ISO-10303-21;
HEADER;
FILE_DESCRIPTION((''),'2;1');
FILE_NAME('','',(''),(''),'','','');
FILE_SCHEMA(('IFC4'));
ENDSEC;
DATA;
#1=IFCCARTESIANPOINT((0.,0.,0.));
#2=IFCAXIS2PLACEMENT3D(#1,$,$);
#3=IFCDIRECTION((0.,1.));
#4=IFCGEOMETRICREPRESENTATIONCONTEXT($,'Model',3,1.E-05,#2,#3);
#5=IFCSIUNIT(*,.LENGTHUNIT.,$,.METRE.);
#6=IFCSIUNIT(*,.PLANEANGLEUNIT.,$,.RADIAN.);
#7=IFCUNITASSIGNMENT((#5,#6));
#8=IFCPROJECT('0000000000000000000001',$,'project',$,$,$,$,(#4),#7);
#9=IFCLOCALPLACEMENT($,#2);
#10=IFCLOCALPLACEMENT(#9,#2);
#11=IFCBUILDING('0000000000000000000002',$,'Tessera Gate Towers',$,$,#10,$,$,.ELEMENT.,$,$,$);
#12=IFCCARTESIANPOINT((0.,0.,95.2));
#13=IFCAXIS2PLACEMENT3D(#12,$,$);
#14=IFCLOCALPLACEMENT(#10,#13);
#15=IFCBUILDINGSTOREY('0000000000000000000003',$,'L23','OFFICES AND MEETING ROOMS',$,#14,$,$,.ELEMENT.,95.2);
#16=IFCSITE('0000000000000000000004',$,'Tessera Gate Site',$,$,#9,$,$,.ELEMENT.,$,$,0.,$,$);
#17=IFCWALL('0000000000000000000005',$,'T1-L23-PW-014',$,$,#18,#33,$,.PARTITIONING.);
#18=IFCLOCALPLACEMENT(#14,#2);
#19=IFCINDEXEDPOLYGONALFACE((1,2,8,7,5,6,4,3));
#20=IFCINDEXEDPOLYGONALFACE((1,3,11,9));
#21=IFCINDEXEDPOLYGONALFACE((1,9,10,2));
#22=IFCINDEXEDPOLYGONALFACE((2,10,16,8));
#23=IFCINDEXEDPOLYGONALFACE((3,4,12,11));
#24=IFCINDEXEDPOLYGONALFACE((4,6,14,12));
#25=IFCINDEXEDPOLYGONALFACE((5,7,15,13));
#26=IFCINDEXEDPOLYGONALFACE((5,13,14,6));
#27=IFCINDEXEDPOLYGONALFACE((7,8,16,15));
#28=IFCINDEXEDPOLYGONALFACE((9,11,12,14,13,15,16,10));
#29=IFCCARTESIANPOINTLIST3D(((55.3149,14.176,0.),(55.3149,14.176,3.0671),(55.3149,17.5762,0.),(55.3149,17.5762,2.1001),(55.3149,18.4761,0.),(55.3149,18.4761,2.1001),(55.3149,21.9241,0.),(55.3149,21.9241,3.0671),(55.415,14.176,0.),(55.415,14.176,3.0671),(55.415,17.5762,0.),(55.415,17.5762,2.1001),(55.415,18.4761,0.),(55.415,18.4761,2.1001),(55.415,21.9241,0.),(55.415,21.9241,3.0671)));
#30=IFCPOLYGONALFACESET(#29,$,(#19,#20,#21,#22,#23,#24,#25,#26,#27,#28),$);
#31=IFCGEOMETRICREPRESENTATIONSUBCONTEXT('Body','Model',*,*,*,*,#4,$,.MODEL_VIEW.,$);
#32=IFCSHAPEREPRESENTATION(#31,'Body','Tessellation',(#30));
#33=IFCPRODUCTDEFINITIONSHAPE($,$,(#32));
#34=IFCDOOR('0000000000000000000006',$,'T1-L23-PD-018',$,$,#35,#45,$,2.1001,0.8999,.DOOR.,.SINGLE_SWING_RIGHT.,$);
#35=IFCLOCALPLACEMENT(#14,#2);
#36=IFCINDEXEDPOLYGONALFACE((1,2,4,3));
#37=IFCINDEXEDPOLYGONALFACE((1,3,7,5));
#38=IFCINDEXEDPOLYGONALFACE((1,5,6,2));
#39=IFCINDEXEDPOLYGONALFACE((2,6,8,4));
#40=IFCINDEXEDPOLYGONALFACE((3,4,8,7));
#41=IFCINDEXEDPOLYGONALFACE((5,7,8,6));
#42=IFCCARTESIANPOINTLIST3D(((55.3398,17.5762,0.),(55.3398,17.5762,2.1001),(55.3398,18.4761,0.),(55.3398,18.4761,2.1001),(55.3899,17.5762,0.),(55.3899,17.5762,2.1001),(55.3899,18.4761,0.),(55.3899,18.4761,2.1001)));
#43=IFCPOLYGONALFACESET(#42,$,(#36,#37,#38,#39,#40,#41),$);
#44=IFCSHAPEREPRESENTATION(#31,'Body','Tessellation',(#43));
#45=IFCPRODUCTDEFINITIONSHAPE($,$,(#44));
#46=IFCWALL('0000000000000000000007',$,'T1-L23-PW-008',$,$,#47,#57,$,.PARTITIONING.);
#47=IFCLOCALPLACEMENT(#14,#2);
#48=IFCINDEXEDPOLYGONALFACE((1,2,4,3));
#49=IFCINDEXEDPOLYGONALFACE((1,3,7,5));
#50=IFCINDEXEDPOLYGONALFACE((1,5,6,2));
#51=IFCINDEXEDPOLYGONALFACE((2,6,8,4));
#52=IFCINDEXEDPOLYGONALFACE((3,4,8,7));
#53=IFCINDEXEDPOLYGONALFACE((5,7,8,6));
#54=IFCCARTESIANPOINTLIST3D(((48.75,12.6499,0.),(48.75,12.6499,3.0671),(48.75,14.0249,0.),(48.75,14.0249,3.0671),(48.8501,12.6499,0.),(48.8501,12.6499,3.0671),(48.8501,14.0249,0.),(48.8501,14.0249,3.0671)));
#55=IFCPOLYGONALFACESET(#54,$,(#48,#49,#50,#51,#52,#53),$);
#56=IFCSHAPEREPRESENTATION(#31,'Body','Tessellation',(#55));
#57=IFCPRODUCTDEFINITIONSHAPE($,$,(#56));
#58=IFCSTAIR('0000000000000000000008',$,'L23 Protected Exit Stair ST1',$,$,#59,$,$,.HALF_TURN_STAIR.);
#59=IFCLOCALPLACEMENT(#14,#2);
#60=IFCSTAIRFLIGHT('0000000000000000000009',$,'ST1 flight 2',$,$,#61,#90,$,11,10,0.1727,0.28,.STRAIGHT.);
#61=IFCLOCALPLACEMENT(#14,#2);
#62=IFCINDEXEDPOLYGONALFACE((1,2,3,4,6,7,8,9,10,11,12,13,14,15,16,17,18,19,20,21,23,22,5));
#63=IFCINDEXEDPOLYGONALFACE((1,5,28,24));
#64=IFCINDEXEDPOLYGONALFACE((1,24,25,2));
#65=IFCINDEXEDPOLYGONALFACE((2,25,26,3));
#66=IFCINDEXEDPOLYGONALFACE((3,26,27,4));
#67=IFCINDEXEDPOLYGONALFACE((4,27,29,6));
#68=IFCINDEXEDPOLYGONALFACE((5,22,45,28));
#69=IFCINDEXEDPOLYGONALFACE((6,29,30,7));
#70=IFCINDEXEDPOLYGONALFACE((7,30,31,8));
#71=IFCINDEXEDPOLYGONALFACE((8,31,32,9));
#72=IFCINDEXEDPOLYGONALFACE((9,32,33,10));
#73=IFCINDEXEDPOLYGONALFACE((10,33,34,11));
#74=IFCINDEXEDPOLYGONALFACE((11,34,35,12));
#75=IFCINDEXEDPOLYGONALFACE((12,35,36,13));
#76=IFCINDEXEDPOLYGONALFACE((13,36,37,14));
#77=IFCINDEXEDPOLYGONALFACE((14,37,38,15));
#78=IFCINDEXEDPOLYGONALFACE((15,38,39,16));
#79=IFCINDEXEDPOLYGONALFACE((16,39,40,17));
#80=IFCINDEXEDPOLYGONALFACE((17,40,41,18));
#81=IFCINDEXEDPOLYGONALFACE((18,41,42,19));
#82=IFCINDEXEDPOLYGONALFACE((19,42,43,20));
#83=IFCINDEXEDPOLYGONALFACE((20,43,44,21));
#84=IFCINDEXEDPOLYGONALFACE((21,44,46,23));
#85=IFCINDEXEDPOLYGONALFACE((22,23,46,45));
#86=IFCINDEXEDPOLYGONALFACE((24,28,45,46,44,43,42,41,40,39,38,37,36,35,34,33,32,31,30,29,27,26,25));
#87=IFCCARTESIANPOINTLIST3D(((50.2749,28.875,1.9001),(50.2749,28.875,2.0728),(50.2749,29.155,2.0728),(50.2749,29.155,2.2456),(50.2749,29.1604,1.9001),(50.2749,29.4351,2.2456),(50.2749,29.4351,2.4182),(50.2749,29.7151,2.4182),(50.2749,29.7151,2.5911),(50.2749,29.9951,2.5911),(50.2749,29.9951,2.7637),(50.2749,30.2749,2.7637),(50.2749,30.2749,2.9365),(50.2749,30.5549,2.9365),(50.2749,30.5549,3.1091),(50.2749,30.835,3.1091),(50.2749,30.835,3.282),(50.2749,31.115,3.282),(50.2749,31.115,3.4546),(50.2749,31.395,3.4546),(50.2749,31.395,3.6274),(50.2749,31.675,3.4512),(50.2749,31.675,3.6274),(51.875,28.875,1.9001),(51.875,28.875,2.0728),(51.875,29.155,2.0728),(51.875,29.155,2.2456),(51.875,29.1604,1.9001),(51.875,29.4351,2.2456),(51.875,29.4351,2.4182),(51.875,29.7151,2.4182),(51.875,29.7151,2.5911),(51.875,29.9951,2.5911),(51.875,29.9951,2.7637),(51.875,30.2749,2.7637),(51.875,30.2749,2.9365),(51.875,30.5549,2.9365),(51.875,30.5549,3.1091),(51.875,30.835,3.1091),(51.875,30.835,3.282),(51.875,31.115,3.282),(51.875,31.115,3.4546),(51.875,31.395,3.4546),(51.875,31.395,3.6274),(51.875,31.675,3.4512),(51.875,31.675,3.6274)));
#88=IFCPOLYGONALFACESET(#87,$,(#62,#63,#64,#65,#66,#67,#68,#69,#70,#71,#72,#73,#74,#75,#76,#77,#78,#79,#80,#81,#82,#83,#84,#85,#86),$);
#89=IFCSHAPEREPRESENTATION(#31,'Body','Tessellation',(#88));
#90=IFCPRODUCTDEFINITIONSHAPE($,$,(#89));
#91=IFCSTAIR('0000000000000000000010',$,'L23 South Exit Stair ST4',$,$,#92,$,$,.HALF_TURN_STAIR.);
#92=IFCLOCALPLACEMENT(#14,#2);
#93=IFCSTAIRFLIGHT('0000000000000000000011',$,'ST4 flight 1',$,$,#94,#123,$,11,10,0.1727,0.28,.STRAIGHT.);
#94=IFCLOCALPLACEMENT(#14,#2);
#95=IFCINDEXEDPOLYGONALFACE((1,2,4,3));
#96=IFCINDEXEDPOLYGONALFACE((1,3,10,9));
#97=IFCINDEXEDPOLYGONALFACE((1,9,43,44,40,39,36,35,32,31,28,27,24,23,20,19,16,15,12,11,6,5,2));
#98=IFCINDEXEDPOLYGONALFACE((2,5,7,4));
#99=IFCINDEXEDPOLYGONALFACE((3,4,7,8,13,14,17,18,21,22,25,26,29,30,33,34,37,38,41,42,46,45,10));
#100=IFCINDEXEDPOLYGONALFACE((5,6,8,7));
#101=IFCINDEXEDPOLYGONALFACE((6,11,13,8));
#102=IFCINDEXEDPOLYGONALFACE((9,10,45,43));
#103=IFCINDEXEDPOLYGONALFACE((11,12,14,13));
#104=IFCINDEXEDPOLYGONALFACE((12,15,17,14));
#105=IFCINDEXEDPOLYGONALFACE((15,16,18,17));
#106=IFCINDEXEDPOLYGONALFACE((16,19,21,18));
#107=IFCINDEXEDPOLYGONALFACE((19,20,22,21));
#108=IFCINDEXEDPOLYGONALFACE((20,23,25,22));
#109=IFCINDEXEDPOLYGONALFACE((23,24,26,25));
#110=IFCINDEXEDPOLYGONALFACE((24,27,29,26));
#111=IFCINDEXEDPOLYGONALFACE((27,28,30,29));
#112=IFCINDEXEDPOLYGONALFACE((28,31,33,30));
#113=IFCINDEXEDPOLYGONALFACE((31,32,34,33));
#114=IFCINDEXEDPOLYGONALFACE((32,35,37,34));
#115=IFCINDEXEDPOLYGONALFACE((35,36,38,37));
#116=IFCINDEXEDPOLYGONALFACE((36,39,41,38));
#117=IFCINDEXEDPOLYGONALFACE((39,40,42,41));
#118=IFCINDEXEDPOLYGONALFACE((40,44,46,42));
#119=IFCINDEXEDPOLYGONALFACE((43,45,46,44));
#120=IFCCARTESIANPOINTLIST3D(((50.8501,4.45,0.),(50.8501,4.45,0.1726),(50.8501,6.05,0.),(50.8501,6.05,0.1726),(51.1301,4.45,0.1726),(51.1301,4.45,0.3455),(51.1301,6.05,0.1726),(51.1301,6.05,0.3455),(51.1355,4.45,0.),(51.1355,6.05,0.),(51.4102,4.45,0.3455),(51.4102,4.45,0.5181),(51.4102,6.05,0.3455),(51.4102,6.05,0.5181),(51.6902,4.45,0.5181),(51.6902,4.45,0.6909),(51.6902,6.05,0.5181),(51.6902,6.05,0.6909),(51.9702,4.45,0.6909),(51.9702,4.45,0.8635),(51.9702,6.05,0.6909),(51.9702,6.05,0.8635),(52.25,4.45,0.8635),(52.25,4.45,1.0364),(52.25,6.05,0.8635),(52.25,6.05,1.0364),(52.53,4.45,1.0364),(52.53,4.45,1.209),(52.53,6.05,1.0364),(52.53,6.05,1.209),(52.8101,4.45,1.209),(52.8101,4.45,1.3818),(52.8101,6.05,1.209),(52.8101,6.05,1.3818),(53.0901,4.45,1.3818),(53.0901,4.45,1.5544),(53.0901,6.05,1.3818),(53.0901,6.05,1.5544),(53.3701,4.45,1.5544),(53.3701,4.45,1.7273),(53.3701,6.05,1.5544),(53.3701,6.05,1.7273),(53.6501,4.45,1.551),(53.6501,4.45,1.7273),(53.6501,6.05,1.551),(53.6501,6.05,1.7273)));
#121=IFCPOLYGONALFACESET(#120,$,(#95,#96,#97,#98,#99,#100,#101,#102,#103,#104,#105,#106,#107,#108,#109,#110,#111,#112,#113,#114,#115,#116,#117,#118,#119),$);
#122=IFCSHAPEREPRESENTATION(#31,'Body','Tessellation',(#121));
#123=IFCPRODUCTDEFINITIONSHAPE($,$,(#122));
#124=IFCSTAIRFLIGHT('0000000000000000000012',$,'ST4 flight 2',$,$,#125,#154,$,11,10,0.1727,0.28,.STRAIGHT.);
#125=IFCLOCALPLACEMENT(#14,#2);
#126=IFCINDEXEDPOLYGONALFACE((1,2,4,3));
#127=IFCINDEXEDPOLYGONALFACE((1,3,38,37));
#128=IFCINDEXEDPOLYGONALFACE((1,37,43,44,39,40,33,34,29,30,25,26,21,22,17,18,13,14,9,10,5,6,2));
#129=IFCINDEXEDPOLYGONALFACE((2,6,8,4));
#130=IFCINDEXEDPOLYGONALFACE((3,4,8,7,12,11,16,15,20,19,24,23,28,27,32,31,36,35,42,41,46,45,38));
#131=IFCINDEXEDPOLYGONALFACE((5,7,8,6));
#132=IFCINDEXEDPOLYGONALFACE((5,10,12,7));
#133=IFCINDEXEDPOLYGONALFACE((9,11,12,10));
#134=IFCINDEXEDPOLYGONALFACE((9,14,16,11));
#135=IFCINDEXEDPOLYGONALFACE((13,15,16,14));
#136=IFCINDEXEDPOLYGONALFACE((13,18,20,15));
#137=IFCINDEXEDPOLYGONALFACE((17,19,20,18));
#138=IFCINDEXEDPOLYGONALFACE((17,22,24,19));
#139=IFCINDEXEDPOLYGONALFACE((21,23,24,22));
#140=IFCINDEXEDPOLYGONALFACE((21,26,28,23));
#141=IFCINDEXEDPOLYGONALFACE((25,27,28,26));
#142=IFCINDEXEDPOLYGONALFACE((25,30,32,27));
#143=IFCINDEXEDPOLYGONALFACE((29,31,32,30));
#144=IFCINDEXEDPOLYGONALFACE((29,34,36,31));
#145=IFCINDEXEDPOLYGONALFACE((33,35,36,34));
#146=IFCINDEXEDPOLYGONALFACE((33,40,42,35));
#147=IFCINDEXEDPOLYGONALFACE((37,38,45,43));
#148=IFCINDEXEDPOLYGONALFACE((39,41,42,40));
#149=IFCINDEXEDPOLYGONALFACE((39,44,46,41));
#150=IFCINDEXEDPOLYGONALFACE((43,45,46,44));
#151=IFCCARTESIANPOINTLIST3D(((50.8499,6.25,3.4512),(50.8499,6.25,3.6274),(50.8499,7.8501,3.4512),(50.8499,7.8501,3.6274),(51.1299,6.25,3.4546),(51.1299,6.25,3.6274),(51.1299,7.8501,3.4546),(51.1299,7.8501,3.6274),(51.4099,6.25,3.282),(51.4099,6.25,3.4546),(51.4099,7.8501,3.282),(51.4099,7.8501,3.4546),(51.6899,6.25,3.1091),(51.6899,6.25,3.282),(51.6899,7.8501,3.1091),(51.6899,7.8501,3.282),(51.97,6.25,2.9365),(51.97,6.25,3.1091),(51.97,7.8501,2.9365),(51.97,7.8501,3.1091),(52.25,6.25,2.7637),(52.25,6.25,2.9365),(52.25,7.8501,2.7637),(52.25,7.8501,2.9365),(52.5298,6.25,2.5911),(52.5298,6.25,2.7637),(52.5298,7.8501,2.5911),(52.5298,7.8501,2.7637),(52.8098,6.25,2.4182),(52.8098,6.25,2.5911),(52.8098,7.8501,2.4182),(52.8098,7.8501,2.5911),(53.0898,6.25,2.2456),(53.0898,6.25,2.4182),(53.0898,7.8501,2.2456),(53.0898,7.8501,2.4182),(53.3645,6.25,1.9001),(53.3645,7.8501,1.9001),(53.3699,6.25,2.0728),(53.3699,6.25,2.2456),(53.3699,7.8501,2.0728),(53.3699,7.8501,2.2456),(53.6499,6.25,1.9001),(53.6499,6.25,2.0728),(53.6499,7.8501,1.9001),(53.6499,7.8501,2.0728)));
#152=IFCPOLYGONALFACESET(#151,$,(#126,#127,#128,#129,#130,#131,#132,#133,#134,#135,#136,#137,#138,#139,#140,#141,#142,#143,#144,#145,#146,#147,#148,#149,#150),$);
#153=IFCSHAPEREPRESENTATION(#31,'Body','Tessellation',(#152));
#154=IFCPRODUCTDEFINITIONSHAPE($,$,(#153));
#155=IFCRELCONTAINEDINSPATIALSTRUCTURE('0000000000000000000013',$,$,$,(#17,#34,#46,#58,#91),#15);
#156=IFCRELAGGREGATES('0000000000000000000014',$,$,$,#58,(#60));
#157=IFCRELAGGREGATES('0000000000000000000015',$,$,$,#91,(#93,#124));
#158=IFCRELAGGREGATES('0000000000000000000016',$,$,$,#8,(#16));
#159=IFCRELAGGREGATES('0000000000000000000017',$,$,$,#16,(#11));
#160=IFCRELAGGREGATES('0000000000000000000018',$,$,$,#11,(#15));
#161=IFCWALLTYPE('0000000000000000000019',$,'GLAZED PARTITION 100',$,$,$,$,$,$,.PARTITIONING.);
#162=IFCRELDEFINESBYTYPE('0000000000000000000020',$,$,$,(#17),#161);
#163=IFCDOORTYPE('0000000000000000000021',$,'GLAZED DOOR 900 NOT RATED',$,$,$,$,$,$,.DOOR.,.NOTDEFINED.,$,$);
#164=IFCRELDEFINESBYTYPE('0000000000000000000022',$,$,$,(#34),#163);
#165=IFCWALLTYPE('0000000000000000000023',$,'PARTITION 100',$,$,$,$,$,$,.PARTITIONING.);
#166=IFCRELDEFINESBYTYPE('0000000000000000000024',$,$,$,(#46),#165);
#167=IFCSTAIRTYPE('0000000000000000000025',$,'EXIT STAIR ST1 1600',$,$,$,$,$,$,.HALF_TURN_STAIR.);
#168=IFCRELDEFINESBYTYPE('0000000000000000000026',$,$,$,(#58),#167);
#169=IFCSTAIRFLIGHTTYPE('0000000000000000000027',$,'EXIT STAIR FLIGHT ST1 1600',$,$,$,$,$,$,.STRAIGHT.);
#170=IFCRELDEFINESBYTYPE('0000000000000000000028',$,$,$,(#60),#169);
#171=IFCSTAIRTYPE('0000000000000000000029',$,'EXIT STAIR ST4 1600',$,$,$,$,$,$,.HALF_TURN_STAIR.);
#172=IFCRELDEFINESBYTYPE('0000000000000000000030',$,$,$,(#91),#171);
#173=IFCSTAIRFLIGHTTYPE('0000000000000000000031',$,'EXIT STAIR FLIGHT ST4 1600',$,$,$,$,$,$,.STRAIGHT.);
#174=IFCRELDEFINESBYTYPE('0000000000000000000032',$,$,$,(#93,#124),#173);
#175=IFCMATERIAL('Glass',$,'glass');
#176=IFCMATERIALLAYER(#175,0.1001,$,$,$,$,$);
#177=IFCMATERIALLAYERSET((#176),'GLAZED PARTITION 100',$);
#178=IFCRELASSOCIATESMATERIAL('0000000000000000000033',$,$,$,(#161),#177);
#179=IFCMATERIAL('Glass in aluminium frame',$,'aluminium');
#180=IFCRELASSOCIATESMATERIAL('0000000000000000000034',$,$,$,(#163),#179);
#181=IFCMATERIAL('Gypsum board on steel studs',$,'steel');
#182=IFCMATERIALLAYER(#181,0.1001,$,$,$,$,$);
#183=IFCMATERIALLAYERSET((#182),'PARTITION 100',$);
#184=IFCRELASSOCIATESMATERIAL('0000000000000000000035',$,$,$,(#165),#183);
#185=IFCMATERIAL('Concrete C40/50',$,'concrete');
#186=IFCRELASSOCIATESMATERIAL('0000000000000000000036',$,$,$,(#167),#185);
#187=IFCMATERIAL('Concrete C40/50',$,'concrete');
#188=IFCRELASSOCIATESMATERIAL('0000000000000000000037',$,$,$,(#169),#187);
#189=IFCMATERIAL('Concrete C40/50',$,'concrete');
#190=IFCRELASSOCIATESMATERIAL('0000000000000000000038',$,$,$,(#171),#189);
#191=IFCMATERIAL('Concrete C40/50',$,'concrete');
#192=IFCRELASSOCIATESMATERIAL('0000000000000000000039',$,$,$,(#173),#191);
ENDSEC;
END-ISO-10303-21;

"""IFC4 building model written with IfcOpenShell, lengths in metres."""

from ifc_helpers import new_model, si_unit, direction, frame, frame_2d, origin, place, context, subcontext, project, spatial, polyline, rectangle, outline, extrude, source, transform, mapped, material, layer, layer_set, type_object, element, fill, aggregate, save


model = new_model("IFC4")

# Units and contexts
model_context = context("Model", 3, precision=1e-05, world=origin(), true_north=direction((0.0, 1.0)))
body_context = subcontext(model_context, "Body", "Model", "MODEL_VIEW")
ifc_project = project(units=[si_unit("LENGTHUNIT", "METRE"), si_unit("PLANEANGLEUNIT", "RADIAN")], contexts=[model_context])

# Site, building, storey
site_placement = place(None, origin())
site = spatial("IfcSite", under=ifc_project, at=site_placement, Name="Tessera Gate Site", CompositionType="ELEMENT", RefElevation=0.0)
building_placement = place(site_placement, origin())
building = spatial("IfcBuilding", under=site, at=building_placement, Name="Tessera Gate Towers", CompositionType="ELEMENT")
storey_placement = place(building_placement, frame((0.0, 0.0, 95.2)))
storey = spatial("IfcBuildingStorey", under=building, at=storey_placement, Name="L23", Description="OFFICES AND MEETING ROOMS", CompositionType="ELEMENT", Elevation=95.2)

# Wall, opening, door
ifc_material_1 = material(Name="Glass", Category="glass")
ifc_layer_1 = layer(ifc_material_1, 0.1001)
ifc_layer_set_1 = layer_set([ifc_layer_1], Name="GLAZED PARTITION 100")
wall_type_1 = type_object("IfcWallType", Name="GLAZED PARTITION 100", PredefinedType="PARTITIONING", material=ifc_layer_set_1)
wall_1_placement = place(storey_placement, frame((55.365, 21.9241, 0.0), z_axis=(0.0, 0.0, 1.0), x_axis=(0.0, -1.0, 0.0)))
wall_1 = element("IfcWall", 1, at=wall_1_placement, inside=storey, type_object=wall_type_1, Name="T1-L23-PW-014", PredefinedType="PARTITIONING", context=body_context, shape_type="SweptSolid", body=[
    extrude(rectangle(XDim=7.748, YDim=0.1001, at=frame_2d((3.874, 0.0))), origin(), (0.0, 0.0, 1.0), 3.0671),
])
shared_shape_1 = source(origin(), body_context, "Body", "SweptSolid", [
    extrude(rectangle(XDim=0.8999, YDim=2.1001, at=frame_2d((0.45, 1.05))), frame((0.0, 0.0601, 0.0), z_axis=(0.0, -1.0, 0.0), x_axis=(1.0, 0.0, 0.0)), (0.0, 0.0, 1.0), 0.1201),
])
opening_1_placement = place(wall_1_placement, frame((3.448, 0.0, 0.0)))
opening_1 = element("IfcOpeningElement", 2, at=opening_1_placement, cuts=wall_1, PredefinedType="OPENING", context=body_context, shape_type="MappedRepresentation", body=[
    mapped(shared_shape_1, transform((0.0, 0.0, 0.0), scale=1.0)),
])
ifc_material_2 = material(Name="Glass in aluminium frame", Category="aluminium")
door_type_1 = type_object("IfcDoorType", Name="GLAZED DOOR 900 NOT RATED", OperationType="NOTDEFINED", PredefinedType="DOOR", material=ifc_material_2)
shared_shape_2 = source(origin(), body_context, "Body", "SweptSolid", [
    extrude(rectangle(XDim=0.8999, YDim=2.1001, at=frame_2d((0.45, 1.05))), frame((0.0, 0.0249, 0.0), z_axis=(0.0, -1.0, 0.0), x_axis=(1.0, 0.0, 0.0)), (0.0, 0.0, 1.0), 0.05),
])
door_1_placement = place(opening_1_placement, origin())
door_1 = element("IfcDoor", 3, at=door_1_placement, inside=storey, type_object=door_type_1, Name="T1-L23-PD-018", OperationType="SINGLE_SWING_RIGHT", OverallHeight=2.1001, OverallWidth=0.8999, PredefinedType="DOOR", context=body_context, shape_type="MappedRepresentation", body=[
    mapped(shared_shape_2, transform((0.0, 0.0, 0.0), scale=1.0)),
])
fill(opening_1, door_1)

# Wall
ifc_material_3 = material(Name="Gypsum board on steel studs", Category="steel")
ifc_layer_2 = layer(ifc_material_3, 0.1001)
ifc_layer_set_2 = layer_set([ifc_layer_2], Name="PARTITION 100")
wall_type_2 = type_object("IfcWallType", Name="PARTITION 100", PredefinedType="PARTITIONING", material=ifc_layer_set_2)
wall_2_placement = place(storey_placement, frame((48.8, 12.6499, 0.0), z_axis=(0.0, 0.0, 1.0), x_axis=(0.0, 1.0, 0.0)))
element("IfcWall", 4, at=wall_2_placement, inside=storey, type_object=wall_type_2, Name="T1-L23-PW-008", PredefinedType="PARTITIONING", context=body_context, shape_type="SweptSolid", body=[
    extrude(rectangle(XDim=1.375, YDim=0.1001, at=frame_2d((0.6875, 0.0))), origin(), (0.0, 0.0, 1.0), 3.0671),
])

# Stair, stair flight
ifc_material_4 = material(Name="Concrete C40/50", Category="concrete")
stair_type_1 = type_object("IfcStairType", Name="EXIT STAIR ST1 1600", PredefinedType="HALF_TURN_STAIR", material=ifc_material_4)
stair_1_placement = place(storey_placement, origin())
stair_1 = element("IfcStair", 5, at=stair_1_placement, inside=storey, type_object=stair_type_1, Name="L23 Protected Exit Stair ST1", PredefinedType="HALF_TURN_STAIR")
ifc_material_5 = material(Name="Concrete C40/50", Category="concrete")
stair_flight_type_1 = type_object("IfcStairFlightType", Name="EXIT STAIR FLIGHT ST1 1600", PredefinedType="STRAIGHT", material=ifc_material_5)
stair_flight_1_placement = place(storey_placement, frame((51.075, 28.875, 1.9001), z_axis=(0.0, 0.0, 1.0), x_axis=(0.0, 1.0, 0.0)))
stair_flight_1 = element("IfcStairFlight", 6, at=stair_flight_1_placement, type_object=stair_flight_type_1, Name="ST1 flight 2", NumberOfRisers=11, NumberOfTreads=10, PredefinedType="STRAIGHT", RiserHeight=0.1727, TreadLength=0.28, context=body_context, shape_type="SweptSolid", body=[
    extrude(outline(polyline([(0.0, 0.0), (0.0, 0.1726), (0.28, 0.1726), (0.28, 0.3455), (0.5601, 0.3455), (0.5601, 0.5181), (0.8401, 0.5181), (0.8401, 0.6909), (1.1201, 0.6909), (1.1201, 0.8635), (1.3999, 0.8635), (1.3999, 1.0364), (1.6799, 1.0364), (1.6799, 1.209), (1.96, 1.209), (1.96, 1.3818), (2.24, 1.3818), (2.24, 1.5544), (2.52, 1.5544), (2.52, 1.7273), (2.8, 1.7273), (2.8, 1.8999), (2.8, 1.551), (0.2854, 0.0), (0.0, 0.0)])), frame((0.0, 0.8, 0.0), z_axis=(0.0, -1.0, 0.0), x_axis=(1.0, 0.0, 0.0)), (0.0, 0.0, 1.0), 1.6001),
])
aggregate(stair_1, [stair_flight_1])

# Stair, stair flights
ifc_material_6 = material(Name="Concrete C40/50", Category="concrete")
stair_type_2 = type_object("IfcStairType", Name="EXIT STAIR ST4 1600", PredefinedType="HALF_TURN_STAIR", material=ifc_material_6)
stair_2_placement = place(storey_placement, origin())
stair_2 = element("IfcStair", 7, at=stair_2_placement, inside=storey, type_object=stair_type_2, Name="L23 South Exit Stair ST4", PredefinedType="HALF_TURN_STAIR")
ifc_material_7 = material(Name="Concrete C40/50", Category="concrete")
stair_flight_type_2 = type_object("IfcStairFlightType", Name="EXIT STAIR FLIGHT ST4 1600", PredefinedType="STRAIGHT", material=ifc_material_7)
stair_flight_2_placement = place(storey_placement, frame((50.8501, 5.25, 0.0), z_axis=(0.0, 0.0, 1.0), x_axis=(1.0, 0.0, 0.0)))
stair_flight_2 = element("IfcStairFlight", 8, at=stair_flight_2_placement, type_object=stair_flight_type_2, Name="ST4 flight 1", NumberOfRisers=11, NumberOfTreads=10, PredefinedType="STRAIGHT", RiserHeight=0.1727, TreadLength=0.28, context=body_context, shape_type="SweptSolid", body=[
    extrude(outline(polyline([(0.0, 0.0), (0.0, 0.1726), (0.28, 0.1726), (0.28, 0.3455), (0.5601, 0.3455), (0.5601, 0.5181), (0.8401, 0.5181), (0.8401, 0.6909), (1.1201, 0.6909), (1.1201, 0.8635), (1.3999, 0.8635), (1.3999, 1.0364), (1.6799, 1.0364), (1.6799, 1.209), (1.96, 1.209), (1.96, 1.3818), (2.24, 1.3818), (2.24, 1.5544), (2.52, 1.5544), (2.52, 1.7273), (2.8, 1.7273), (2.8, 1.8999), (2.8, 1.551), (0.2854, 0.0), (0.0, 0.0)])), frame((0.0, 0.8, 0.0), z_axis=(0.0, -1.0, 0.0), x_axis=(1.0, 0.0, 0.0)), (0.0, 0.0, 1.0), 1.6001),
])
stair_flight_3_placement = place(storey_placement, frame((53.6499, 7.05, 1.9001), z_axis=(0.0, 0.0, 1.0), x_axis=(-1.0, 0.0, 0.0)))
stair_flight_3 = element("IfcStairFlight", 9, at=stair_flight_3_placement, type_object=stair_flight_type_2, Name="ST4 flight 2", NumberOfRisers=11, NumberOfTreads=10, PredefinedType="STRAIGHT", RiserHeight=0.1727, TreadLength=0.28, context=body_context, shape_type="SweptSolid", body=[
    extrude(outline(polyline([(0.0, 0.0), (0.0, 0.1726), (0.28, 0.1726), (0.28, 0.3455), (0.5601, 0.3455), (0.5601, 0.5181), (0.8401, 0.5181), (0.8401, 0.6909), (1.1201, 0.6909), (1.1201, 0.8635), (1.3999, 0.8635), (1.3999, 1.0364), (1.6799, 1.0364), (1.6799, 1.209), (1.96, 1.209), (1.96, 1.3818), (2.24, 1.3818), (2.24, 1.5544), (2.52, 1.5544), (2.52, 1.7273), (2.8, 1.7273), (2.8, 1.8999), (2.8, 1.551), (0.2854, 0.0), (0.0, 0.0)])), frame((0.0, 0.8, 0.0), z_axis=(0.0, -1.0, 0.0), x_axis=(1.0, 0.0, 0.0)), (0.0, 0.0, 1.0), 1.6001),
])
aggregate(stair_2, [stair_flight_2, stair_flight_3])

save(model, "model.ifc")
